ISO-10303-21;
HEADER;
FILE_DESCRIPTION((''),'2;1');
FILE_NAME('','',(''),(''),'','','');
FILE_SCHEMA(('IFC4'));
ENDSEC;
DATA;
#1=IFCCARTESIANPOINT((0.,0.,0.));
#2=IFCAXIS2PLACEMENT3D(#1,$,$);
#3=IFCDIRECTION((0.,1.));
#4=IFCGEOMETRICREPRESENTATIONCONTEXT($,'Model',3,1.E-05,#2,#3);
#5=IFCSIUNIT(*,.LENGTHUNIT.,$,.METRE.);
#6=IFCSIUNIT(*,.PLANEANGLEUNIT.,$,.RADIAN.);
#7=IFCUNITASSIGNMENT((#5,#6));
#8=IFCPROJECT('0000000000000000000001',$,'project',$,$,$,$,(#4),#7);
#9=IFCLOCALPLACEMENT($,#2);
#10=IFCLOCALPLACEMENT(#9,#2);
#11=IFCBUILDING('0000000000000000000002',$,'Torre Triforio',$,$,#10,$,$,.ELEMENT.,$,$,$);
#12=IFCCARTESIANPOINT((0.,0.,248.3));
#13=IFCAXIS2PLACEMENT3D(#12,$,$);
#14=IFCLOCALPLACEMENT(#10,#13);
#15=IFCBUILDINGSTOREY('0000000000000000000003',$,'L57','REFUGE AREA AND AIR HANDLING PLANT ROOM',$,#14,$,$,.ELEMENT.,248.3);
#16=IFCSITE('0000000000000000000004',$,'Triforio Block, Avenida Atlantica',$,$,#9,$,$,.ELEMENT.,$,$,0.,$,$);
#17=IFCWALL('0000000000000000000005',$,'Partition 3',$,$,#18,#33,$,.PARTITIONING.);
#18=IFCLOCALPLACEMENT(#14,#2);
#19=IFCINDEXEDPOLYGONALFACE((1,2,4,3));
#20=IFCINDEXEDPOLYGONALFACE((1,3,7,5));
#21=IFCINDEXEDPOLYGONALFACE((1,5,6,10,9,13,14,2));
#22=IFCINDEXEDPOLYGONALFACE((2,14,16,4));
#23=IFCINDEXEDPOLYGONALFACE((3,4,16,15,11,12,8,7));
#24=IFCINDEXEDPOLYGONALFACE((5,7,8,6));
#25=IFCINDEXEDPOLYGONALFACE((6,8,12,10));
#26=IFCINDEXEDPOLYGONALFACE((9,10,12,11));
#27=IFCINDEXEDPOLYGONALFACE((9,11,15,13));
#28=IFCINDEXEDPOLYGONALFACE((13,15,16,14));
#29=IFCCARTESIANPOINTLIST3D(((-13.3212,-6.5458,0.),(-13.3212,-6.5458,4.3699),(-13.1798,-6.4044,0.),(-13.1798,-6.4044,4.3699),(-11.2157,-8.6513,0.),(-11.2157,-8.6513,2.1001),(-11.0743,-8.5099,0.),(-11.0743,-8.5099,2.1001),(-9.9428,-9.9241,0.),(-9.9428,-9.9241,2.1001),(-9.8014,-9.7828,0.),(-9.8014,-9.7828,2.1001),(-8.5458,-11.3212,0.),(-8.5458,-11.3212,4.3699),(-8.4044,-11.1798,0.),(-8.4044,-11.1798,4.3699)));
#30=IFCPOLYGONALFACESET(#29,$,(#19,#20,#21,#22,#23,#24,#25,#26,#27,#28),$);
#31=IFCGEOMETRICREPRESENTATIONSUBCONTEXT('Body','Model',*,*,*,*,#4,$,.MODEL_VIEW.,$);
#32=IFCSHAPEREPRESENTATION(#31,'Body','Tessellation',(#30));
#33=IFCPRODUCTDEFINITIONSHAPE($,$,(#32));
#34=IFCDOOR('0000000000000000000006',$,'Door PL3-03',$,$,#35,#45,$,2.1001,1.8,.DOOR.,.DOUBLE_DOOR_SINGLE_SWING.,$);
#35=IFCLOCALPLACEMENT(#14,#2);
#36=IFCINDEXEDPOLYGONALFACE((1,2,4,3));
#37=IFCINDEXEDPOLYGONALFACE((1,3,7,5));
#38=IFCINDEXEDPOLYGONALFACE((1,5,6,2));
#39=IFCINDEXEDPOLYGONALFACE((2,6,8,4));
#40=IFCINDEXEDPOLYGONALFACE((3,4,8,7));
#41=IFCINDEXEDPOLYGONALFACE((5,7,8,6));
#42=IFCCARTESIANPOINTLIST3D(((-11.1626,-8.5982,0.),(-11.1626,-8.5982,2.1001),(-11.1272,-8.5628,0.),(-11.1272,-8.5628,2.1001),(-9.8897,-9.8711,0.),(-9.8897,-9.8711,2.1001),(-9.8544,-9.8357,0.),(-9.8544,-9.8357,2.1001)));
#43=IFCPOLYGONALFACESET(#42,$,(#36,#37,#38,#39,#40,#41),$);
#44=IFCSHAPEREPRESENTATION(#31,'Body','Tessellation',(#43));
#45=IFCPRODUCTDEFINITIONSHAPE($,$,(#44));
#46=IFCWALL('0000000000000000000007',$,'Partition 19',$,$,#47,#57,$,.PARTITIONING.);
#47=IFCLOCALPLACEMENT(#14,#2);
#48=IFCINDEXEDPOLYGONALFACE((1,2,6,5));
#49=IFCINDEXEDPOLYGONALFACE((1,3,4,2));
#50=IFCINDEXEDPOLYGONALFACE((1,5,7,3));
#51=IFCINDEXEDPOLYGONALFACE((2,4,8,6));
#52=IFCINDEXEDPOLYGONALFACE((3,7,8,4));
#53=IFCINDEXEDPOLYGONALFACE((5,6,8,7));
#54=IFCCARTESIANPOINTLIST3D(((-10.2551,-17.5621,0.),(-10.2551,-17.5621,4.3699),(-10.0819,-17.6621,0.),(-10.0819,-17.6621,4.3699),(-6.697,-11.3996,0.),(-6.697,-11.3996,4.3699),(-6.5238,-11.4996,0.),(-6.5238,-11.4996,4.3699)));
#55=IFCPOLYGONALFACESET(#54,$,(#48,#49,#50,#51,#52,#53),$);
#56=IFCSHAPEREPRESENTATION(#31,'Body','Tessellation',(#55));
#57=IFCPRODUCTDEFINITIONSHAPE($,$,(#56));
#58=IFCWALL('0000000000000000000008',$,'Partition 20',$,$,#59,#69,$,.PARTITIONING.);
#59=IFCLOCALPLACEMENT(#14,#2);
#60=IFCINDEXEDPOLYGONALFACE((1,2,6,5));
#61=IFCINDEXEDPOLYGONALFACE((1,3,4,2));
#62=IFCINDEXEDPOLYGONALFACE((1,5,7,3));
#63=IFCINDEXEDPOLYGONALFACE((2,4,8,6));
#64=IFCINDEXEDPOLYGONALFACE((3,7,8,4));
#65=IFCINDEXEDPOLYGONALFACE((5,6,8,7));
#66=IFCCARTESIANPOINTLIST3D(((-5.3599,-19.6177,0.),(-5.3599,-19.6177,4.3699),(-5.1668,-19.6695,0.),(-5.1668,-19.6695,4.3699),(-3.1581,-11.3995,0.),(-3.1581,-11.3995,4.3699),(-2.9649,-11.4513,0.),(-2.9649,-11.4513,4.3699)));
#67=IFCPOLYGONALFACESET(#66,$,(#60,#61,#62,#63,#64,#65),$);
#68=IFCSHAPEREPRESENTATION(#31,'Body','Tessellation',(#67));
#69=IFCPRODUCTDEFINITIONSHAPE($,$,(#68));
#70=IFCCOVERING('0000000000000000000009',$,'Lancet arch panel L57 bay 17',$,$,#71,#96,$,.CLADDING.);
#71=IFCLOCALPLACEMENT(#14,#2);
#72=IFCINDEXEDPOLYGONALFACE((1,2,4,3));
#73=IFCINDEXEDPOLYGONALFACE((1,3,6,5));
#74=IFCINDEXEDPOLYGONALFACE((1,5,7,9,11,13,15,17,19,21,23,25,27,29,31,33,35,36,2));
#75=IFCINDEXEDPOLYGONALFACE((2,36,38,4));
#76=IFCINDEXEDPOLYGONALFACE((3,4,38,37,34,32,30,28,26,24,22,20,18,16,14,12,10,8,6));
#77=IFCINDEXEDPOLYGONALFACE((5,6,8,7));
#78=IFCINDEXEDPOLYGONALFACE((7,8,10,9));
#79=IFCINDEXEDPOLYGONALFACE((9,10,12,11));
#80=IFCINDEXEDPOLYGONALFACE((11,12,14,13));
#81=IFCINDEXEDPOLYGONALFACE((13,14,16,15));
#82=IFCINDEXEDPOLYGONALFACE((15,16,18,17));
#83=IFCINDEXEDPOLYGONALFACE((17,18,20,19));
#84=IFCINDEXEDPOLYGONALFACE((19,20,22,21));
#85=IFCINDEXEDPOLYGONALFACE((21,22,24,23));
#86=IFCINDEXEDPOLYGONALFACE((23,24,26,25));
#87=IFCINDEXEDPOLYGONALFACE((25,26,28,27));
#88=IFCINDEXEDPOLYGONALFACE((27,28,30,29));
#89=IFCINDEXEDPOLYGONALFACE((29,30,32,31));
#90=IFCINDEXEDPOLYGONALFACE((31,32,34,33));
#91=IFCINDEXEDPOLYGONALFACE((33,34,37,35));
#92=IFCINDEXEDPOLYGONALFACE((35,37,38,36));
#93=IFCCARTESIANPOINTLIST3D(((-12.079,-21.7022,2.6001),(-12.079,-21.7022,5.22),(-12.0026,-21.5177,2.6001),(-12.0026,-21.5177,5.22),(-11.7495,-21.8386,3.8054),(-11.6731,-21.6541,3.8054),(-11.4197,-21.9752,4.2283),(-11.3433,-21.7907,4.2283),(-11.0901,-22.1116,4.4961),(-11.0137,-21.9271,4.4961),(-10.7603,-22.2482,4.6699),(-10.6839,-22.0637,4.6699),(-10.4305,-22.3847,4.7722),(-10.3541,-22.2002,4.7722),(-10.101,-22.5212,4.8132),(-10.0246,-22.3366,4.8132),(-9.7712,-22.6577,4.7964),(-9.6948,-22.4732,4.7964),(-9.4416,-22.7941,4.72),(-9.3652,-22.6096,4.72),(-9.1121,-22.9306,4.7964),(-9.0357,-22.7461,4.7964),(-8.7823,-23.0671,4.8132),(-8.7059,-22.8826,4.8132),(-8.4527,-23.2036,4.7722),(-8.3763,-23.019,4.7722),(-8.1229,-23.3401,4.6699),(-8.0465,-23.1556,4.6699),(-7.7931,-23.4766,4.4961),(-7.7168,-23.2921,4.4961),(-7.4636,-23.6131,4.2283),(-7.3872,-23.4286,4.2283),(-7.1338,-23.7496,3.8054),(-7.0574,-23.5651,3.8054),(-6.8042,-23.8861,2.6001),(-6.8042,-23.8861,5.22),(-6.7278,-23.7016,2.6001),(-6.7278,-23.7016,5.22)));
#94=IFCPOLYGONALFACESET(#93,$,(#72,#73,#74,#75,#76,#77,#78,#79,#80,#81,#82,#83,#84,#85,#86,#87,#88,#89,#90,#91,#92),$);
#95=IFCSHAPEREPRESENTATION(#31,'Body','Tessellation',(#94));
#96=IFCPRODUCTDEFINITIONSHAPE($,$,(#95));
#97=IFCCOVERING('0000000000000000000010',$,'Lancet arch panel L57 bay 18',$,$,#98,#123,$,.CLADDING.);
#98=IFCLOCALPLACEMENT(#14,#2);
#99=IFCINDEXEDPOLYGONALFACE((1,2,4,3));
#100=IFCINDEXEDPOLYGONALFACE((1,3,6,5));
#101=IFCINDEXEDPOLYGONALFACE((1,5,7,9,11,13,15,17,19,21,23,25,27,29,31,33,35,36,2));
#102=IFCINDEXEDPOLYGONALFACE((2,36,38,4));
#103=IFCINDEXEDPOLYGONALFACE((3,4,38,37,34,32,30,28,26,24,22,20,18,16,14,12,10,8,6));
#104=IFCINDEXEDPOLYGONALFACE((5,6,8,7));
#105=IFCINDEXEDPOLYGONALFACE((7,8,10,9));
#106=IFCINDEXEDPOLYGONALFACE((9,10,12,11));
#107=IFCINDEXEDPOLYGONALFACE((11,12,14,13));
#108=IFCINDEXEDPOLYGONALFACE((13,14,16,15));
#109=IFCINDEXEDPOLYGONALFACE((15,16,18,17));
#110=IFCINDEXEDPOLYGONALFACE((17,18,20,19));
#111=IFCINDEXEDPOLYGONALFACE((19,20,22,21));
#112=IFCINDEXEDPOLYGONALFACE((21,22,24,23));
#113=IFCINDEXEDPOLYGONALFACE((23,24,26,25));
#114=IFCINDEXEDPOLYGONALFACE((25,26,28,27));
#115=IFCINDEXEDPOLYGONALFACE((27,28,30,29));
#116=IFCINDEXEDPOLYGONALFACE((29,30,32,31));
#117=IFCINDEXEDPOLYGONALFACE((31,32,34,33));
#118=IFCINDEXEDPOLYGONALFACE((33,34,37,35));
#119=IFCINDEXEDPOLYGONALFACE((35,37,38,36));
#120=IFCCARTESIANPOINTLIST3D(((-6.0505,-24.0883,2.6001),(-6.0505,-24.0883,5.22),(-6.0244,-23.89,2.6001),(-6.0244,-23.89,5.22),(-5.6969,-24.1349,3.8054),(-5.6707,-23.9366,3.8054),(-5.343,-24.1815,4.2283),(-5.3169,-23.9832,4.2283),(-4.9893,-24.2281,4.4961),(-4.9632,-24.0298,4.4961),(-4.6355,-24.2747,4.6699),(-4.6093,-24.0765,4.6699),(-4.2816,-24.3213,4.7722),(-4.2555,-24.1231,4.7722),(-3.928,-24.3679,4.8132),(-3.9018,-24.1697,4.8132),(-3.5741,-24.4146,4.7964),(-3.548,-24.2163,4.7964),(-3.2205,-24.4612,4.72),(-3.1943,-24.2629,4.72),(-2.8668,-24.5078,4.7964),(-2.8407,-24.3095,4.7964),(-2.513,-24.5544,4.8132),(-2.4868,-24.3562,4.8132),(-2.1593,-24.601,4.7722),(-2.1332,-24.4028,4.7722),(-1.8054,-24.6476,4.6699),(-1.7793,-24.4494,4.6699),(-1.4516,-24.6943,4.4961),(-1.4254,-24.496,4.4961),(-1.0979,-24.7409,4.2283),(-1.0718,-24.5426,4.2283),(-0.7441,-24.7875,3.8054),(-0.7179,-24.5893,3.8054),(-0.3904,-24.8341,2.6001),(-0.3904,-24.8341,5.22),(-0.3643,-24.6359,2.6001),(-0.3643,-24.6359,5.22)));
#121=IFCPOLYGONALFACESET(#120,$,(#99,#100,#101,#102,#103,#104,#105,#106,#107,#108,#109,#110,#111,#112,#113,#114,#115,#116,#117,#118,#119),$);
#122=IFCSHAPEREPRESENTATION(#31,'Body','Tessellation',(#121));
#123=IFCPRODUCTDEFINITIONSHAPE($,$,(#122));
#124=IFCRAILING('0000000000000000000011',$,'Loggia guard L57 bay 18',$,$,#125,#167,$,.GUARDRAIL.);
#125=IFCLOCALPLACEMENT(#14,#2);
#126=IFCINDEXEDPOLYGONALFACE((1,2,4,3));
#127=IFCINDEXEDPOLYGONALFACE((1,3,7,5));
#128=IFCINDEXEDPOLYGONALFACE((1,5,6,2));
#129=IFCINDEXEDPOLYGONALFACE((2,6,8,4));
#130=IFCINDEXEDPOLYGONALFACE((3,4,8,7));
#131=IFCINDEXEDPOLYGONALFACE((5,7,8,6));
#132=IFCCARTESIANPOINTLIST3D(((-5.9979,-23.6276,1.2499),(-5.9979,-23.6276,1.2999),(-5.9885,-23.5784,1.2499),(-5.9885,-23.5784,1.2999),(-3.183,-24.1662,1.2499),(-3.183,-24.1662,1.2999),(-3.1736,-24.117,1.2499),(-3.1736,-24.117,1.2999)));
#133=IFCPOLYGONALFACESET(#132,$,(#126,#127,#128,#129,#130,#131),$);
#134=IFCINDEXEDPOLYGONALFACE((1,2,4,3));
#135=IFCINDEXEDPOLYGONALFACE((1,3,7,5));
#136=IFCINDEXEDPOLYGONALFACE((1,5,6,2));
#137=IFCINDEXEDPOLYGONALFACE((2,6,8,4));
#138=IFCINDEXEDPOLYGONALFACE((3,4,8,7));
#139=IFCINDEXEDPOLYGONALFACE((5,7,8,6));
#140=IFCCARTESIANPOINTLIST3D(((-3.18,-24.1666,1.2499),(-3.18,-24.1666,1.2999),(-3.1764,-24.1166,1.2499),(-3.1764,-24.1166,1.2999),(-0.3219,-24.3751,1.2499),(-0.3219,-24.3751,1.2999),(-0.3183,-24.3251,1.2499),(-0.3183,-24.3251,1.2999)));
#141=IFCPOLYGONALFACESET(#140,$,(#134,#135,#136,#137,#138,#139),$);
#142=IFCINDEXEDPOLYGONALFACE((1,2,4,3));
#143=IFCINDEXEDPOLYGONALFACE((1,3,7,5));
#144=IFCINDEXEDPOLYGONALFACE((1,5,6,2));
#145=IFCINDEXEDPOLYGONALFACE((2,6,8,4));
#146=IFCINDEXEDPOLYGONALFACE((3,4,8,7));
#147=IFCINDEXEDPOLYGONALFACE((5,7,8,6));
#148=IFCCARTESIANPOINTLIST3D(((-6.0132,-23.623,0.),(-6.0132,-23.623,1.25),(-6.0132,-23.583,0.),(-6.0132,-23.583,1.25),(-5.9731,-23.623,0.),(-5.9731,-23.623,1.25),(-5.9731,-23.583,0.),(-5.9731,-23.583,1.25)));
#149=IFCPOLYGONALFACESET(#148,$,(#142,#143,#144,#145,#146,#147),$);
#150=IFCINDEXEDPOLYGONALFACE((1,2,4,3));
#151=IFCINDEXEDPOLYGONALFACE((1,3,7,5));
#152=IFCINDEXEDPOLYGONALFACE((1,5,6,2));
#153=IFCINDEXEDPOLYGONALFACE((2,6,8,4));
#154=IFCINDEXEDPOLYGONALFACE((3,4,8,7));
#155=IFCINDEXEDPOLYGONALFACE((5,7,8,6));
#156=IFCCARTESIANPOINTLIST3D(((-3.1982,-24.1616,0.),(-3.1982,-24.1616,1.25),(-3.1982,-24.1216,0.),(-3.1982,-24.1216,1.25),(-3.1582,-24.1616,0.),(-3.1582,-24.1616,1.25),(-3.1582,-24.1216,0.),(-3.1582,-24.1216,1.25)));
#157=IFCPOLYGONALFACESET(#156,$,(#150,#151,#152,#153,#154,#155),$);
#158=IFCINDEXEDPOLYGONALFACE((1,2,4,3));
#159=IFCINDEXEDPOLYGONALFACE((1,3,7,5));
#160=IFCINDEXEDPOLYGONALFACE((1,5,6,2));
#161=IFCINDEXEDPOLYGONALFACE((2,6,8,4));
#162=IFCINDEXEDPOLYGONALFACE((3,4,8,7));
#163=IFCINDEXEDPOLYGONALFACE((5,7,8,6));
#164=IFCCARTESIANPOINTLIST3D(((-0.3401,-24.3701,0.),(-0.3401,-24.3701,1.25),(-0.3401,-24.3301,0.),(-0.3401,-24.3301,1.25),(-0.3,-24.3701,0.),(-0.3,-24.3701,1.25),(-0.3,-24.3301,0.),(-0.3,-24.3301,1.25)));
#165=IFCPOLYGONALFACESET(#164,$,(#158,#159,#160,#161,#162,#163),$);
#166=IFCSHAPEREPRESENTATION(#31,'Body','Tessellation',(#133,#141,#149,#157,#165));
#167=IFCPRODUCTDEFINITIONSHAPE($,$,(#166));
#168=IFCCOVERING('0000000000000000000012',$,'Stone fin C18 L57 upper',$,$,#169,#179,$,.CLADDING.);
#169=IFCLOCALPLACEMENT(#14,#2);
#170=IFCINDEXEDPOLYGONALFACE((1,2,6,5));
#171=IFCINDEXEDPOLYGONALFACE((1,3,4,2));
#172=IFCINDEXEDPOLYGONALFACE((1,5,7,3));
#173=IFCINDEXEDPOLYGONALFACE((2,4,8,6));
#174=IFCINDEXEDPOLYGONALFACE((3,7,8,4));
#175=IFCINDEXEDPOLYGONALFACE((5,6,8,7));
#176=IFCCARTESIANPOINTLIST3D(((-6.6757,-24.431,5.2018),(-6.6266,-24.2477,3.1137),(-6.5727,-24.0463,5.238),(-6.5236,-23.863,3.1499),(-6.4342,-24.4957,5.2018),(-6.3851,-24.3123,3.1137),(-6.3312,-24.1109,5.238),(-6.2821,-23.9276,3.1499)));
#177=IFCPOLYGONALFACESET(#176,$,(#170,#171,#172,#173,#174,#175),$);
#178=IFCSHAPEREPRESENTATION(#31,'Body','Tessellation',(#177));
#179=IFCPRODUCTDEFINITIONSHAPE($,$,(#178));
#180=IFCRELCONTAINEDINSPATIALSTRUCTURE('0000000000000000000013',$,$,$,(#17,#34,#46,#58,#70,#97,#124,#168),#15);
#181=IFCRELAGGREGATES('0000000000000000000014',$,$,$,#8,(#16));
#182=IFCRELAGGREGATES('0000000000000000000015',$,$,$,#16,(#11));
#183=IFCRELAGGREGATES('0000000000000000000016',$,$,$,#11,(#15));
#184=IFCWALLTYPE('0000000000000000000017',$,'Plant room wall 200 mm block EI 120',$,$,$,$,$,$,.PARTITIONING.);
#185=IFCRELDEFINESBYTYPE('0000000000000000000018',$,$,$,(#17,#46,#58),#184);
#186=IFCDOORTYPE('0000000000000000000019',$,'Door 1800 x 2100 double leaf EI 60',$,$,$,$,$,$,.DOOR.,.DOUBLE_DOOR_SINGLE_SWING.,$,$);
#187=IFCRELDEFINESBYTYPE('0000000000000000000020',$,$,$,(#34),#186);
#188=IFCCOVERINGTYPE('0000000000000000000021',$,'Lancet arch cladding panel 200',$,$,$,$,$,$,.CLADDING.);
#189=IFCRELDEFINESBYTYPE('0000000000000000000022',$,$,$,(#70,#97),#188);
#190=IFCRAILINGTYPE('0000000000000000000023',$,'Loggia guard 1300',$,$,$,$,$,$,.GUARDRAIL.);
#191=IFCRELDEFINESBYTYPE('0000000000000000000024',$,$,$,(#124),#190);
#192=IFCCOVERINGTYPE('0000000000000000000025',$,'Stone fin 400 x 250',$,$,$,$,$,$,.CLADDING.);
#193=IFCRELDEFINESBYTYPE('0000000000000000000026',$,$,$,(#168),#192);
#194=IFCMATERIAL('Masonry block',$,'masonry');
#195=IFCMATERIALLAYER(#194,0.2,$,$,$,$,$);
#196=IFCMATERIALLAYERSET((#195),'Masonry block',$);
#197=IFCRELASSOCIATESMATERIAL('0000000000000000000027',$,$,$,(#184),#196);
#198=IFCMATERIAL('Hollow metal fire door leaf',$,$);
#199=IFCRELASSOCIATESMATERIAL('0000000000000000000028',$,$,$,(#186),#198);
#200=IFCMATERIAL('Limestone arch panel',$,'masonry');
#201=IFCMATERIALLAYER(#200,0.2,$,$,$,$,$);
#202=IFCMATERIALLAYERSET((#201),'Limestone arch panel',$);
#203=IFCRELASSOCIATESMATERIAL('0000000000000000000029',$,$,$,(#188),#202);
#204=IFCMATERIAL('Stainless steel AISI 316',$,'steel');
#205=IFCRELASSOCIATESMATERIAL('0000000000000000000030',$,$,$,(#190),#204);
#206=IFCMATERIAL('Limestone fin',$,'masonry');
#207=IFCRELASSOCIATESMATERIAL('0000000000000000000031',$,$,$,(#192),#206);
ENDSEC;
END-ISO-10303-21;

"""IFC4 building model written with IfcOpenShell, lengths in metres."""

from ifc_helpers import new_model, si_unit, direction, frame, frame_2d, origin, origin_2d, place, context, subcontext, project, spatial, polyline, rectangle, outline, extrude, material, layer, layer_set, material_profile, profile_set, type_object, element, fill, save


model = new_model("IFC4")

# Units and contexts
model_context = context("Model", 3, precision=1e-05, world=origin(), true_north=direction((0.0, 1.0)))
body_context = subcontext(model_context, "Body", "Model", "MODEL_VIEW")
ifc_project = project(units=[si_unit("LENGTHUNIT", "METRE"), si_unit("PLANEANGLEUNIT", "RADIAN")], contexts=[model_context])

# Site, building, storey
site_placement = place(None, origin())
site = spatial("IfcSite", under=ifc_project, at=site_placement, Name="Triforio Block, Avenida Atlantica", CompositionType="ELEMENT", RefElevation=0.0)
building_placement = place(site_placement, origin())
building = spatial("IfcBuilding", under=site, at=building_placement, Name="Torre Triforio", CompositionType="ELEMENT")
storey_placement = place(building_placement, frame((0.0, 0.0, 248.3)))
storey = spatial("IfcBuildingStorey", under=building, at=storey_placement, Name="L57", Description="REFUGE AREA AND AIR HANDLING PLANT ROOM", CompositionType="ELEMENT", Elevation=248.3)

# Shared definitions
ifc_material_1 = material(Name="Hollow metal fire door leaf")

# Wall, opening, door
ifc_material_2 = material(Name="Masonry block", Category="masonry")
ifc_layer_1 = layer(ifc_material_2, 0.2)
ifc_layer_set_1 = layer_set([ifc_layer_1], Name="Masonry block")
wall_type_1 = type_object("IfcWallType", Name="Plant room wall 200 mm block EI 120", PredefinedType="PARTITIONING", material=ifc_layer_set_1)
wall_1_placement = place(storey_placement, frame((-8.4751, -11.2505, 0.0), z_axis=(0.0, 0.0, 1.0), x_axis=(-0.707107, 0.707107, 0.0)))
wall_1 = element("IfcWall", 1, at=wall_1_placement, inside=storey, type_object=wall_type_1, Name="Partition 3", PredefinedType="PARTITIONING", context=body_context, shape_type="SweptSolid", body=[
    extrude(rectangle(XDim=6.7534, YDim=0.2, at=frame_2d((3.3767, 0.0))), origin(), (0.0, 0.0, 1.0), 4.3699),
])
opening_1_placement = place(wall_1_placement, frame((1.9758, 0.0, 0.0)))
opening_1 = element("IfcOpeningElement", 2, at=opening_1_placement, cuts=wall_1, PredefinedType="OPENING", context=body_context, shape_type="SweptSolid", body=[
    extrude(rectangle(XDim=1.8, YDim=2.1001, at=frame_2d((0.8999, 1.05))), frame((0.0, 0.1099, 0.0), z_axis=(0.0, -1.0, 0.0), x_axis=(1.0, 0.0, 0.0)), (0.0, 0.0, 1.0), 0.22),
])
door_type_1 = type_object("IfcDoorType", Name="Door 1800 x 2100 double leaf EI 60", OperationType="DOUBLE_DOOR_SINGLE_SWING", PredefinedType="DOOR", material=ifc_material_1)
door_1_placement = place(opening_1_placement, origin())
door_1 = element("IfcDoor", 3, at=door_1_placement, inside=storey, type_object=door_type_1, Name="Door PL3-03", OperationType="DOUBLE_DOOR_SINGLE_SWING", OverallHeight=2.1001, OverallWidth=1.8, PredefinedType="DOOR", context=body_context, shape_type="SweptSolid", body=[
    extrude(rectangle(XDim=1.8, YDim=2.1001, at=frame_2d((0.8999, 1.05))), frame((0.0, 0.0249, 0.0), z_axis=(0.0, -1.0, 0.0), x_axis=(1.0, 0.0, 0.0)), (0.0, 0.0, 1.0), 0.05),
])
fill(opening_1, door_1)

# Walls
wall_2_placement = place(storey_placement, frame((-6.6104, -11.4495, 0.0), z_axis=(0.0, 0.0, 1.0), x_axis=(-0.500013, -0.866018, 0.0)))
element("IfcWall", 4, at=wall_2_placement, inside=storey, type_object=wall_type_1, Name="Partition 19", PredefinedType="PARTITIONING", context=body_context, shape_type="SweptSolid", body=[
    extrude(rectangle(XDim=7.116, YDim=0.2, at=frame_2d((3.5581, 0.0))), origin(), (0.0, 0.0, 1.0), 4.3699),
])
wall_3_placement = place(storey_placement, frame((-3.0615, -11.4255, 0.0), z_axis=(0.0, 0.0, 1.0), x_axis=(-0.2588, -0.965931, 0.0)))
element("IfcWall", 5, at=wall_3_placement, inside=storey, type_object=wall_type_1, Name="Partition 20", PredefinedType="PARTITIONING", context=body_context, shape_type="SweptSolid", body=[
    extrude(rectangle(XDim=8.5081, YDim=0.2, at=frame_2d((4.2539, 0.0))), origin(), (0.0, 0.0, 1.0), 4.3699),
])

# Coverings
ifc_material_3 = material(Name="Limestone arch panel", Category="masonry")
ifc_layer_2 = layer(ifc_material_3, 0.2)
ifc_layer_set_2 = layer_set([ifc_layer_2], Name="Limestone arch panel")
covering_type_1 = type_object("IfcCoveringType", Name="Lancet arch cladding panel 200", PredefinedType="CLADDING", material=ifc_layer_set_2)
covering_1_placement = place(storey_placement, frame((-9.3652, -22.6096, 0.0), z_axis=(-0.382532, -0.923942, 0.0), x_axis=(0.923942, -0.382532, 0.0)))
element("IfcCovering", 6, at=covering_1_placement, inside=storey, type_object=covering_type_1, Name="Lancet arch panel L57 bay 17", PredefinedType="CLADDING", context=body_context, shape_type="SweptSolid", body=[
    extrude(outline(polyline([(-2.8545, 5.22), (-2.8545, 2.6001), (-2.4978, 3.8054), (-2.1409, 4.2283), (-1.7842, 4.4961), (-1.4272, 4.6699), (-1.0703, 4.7722), (-0.7136, 4.8132), (-0.3567, 4.7964), (0.0, 4.72), (0.3567, 4.7964), (0.7136, 4.8132), (1.0703, 4.7722), (1.4272, 4.6699), (1.7842, 4.4961), (2.1409, 4.2283), (2.4978, 3.8054), (2.8545, 2.6001), (2.8545, 5.22), (-2.8545, 5.22)])), origin(), (0.0, 0.0, 1.0), 0.1997),
])
covering_2_placement = place(storey_placement, frame((-3.1943, -24.2629, 0.0), z_axis=(-0.130644, -0.991429, 0.0), x_axis=(0.991429, -0.130644, 0.0)))
element("IfcCovering", 7, at=covering_2_placement, inside=storey, type_object=covering_type_1, Name="Lancet arch panel L57 bay 18", PredefinedType="CLADDING", context=body_context, shape_type="SweptSolid", body=[
    extrude(outline(polyline([(-2.8545, 5.22), (-2.8545, 2.6001), (-2.4978, 3.8054), (-2.1409, 4.2283), (-1.7842, 4.4961), (-1.4272, 4.6699), (-1.0703, 4.7722), (-0.7136, 4.8132), (-0.3567, 4.7964), (0.0, 4.72), (0.3567, 4.7964), (0.7136, 4.8132), (1.0703, 4.7722), (1.4272, 4.6699), (1.7842, 4.4961), (2.1409, 4.2283), (2.4978, 3.8054), (2.8545, 2.6001), (2.8545, 5.22), (-2.8545, 5.22)])), origin(), (0.0, 0.0, 1.0), 0.2),
])

# Railing
ifc_material_4 = material(Name="Stainless steel AISI 316", Category="steel")
railing_type = type_object("IfcRailingType", Name="Loggia guard 1300", PredefinedType="GUARDRAIL", material=ifc_material_4)
railing_placement = place(storey_placement, frame((-5.9932, -23.603, 0.0)))
element("IfcRailing", 8, at=railing_placement, inside=storey, type_object=railing_type, Name="Loggia guard L57 bay 18", PredefinedType="GUARDRAIL", context=body_context, shape_type="SweptSolid", body=[
    extrude(rectangle(XDim=0.05, YDim=0.05, at=origin_2d()), frame((0.0, 0.0, 1.2749), z_axis=(0.982185, -0.187918, 0.0), x_axis=(0.187918, 0.982185, 0.0)), (0.0, 0.0, 1.0), 2.866),
    extrude(rectangle(XDim=0.05, YDim=0.05, at=origin_2d()), frame((2.8149, -0.5386, 1.2749), z_axis=(0.99735, -0.072754, 0.0), x_axis=(0.072754, 0.99735, 0.0)), (0.0, 0.0, 1.0), 2.8657),
    extrude(rectangle(XDim=0.04, YDim=0.04, at=origin_2d()), origin(), (0.0, 0.0, 1.0), 1.25),
    extrude(rectangle(XDim=0.04, YDim=0.04, at=origin_2d()), frame((2.8149, -0.5386, 0.0)), (0.0, 0.0, 1.0), 1.25),
    extrude(rectangle(XDim=0.04, YDim=0.04, at=origin_2d()), frame((5.6731, -0.7471, 0.0)), (0.0, 0.0, 1.0), 1.25),
])

# Covering
ifc_material_5 = material(Name="Limestone fin", Category="masonry")
ifc_material_profile_1 = material_profile(ifc_material_5, rectangle(XDim=0.3999, YDim=0.25, at=origin_2d()), Name="FIN 400x250")
ifc_profile_set_1 = profile_set([ifc_material_profile_1], Name="Limestone fin")
covering_type_2 = type_object("IfcCoveringType", Name="Stone fin 400 x 250", PredefinedType="CLADDING", material=ifc_profile_set_1)
covering_3_placement = place(storey_placement, frame((-6.4543, -24.0876, 3.1318), z_axis=(-0.023404, -0.087445, 0.995894), x_axis=(0.257482, 0.962034, 0.090523)))
element("IfcCovering", 9, at=covering_3_placement, inside=storey, type_object=covering_type_2, Name="Stone fin C18 L57 upper", PredefinedType="CLADDING", context=body_context, shape_type="SweptSolid", body=[
    extrude(rectangle(XDim=0.3999, YDim=0.25, at=origin_2d()), origin(), (0.0, 0.0, 1.0), 2.0967),
])

save(model, "model.ifc")
